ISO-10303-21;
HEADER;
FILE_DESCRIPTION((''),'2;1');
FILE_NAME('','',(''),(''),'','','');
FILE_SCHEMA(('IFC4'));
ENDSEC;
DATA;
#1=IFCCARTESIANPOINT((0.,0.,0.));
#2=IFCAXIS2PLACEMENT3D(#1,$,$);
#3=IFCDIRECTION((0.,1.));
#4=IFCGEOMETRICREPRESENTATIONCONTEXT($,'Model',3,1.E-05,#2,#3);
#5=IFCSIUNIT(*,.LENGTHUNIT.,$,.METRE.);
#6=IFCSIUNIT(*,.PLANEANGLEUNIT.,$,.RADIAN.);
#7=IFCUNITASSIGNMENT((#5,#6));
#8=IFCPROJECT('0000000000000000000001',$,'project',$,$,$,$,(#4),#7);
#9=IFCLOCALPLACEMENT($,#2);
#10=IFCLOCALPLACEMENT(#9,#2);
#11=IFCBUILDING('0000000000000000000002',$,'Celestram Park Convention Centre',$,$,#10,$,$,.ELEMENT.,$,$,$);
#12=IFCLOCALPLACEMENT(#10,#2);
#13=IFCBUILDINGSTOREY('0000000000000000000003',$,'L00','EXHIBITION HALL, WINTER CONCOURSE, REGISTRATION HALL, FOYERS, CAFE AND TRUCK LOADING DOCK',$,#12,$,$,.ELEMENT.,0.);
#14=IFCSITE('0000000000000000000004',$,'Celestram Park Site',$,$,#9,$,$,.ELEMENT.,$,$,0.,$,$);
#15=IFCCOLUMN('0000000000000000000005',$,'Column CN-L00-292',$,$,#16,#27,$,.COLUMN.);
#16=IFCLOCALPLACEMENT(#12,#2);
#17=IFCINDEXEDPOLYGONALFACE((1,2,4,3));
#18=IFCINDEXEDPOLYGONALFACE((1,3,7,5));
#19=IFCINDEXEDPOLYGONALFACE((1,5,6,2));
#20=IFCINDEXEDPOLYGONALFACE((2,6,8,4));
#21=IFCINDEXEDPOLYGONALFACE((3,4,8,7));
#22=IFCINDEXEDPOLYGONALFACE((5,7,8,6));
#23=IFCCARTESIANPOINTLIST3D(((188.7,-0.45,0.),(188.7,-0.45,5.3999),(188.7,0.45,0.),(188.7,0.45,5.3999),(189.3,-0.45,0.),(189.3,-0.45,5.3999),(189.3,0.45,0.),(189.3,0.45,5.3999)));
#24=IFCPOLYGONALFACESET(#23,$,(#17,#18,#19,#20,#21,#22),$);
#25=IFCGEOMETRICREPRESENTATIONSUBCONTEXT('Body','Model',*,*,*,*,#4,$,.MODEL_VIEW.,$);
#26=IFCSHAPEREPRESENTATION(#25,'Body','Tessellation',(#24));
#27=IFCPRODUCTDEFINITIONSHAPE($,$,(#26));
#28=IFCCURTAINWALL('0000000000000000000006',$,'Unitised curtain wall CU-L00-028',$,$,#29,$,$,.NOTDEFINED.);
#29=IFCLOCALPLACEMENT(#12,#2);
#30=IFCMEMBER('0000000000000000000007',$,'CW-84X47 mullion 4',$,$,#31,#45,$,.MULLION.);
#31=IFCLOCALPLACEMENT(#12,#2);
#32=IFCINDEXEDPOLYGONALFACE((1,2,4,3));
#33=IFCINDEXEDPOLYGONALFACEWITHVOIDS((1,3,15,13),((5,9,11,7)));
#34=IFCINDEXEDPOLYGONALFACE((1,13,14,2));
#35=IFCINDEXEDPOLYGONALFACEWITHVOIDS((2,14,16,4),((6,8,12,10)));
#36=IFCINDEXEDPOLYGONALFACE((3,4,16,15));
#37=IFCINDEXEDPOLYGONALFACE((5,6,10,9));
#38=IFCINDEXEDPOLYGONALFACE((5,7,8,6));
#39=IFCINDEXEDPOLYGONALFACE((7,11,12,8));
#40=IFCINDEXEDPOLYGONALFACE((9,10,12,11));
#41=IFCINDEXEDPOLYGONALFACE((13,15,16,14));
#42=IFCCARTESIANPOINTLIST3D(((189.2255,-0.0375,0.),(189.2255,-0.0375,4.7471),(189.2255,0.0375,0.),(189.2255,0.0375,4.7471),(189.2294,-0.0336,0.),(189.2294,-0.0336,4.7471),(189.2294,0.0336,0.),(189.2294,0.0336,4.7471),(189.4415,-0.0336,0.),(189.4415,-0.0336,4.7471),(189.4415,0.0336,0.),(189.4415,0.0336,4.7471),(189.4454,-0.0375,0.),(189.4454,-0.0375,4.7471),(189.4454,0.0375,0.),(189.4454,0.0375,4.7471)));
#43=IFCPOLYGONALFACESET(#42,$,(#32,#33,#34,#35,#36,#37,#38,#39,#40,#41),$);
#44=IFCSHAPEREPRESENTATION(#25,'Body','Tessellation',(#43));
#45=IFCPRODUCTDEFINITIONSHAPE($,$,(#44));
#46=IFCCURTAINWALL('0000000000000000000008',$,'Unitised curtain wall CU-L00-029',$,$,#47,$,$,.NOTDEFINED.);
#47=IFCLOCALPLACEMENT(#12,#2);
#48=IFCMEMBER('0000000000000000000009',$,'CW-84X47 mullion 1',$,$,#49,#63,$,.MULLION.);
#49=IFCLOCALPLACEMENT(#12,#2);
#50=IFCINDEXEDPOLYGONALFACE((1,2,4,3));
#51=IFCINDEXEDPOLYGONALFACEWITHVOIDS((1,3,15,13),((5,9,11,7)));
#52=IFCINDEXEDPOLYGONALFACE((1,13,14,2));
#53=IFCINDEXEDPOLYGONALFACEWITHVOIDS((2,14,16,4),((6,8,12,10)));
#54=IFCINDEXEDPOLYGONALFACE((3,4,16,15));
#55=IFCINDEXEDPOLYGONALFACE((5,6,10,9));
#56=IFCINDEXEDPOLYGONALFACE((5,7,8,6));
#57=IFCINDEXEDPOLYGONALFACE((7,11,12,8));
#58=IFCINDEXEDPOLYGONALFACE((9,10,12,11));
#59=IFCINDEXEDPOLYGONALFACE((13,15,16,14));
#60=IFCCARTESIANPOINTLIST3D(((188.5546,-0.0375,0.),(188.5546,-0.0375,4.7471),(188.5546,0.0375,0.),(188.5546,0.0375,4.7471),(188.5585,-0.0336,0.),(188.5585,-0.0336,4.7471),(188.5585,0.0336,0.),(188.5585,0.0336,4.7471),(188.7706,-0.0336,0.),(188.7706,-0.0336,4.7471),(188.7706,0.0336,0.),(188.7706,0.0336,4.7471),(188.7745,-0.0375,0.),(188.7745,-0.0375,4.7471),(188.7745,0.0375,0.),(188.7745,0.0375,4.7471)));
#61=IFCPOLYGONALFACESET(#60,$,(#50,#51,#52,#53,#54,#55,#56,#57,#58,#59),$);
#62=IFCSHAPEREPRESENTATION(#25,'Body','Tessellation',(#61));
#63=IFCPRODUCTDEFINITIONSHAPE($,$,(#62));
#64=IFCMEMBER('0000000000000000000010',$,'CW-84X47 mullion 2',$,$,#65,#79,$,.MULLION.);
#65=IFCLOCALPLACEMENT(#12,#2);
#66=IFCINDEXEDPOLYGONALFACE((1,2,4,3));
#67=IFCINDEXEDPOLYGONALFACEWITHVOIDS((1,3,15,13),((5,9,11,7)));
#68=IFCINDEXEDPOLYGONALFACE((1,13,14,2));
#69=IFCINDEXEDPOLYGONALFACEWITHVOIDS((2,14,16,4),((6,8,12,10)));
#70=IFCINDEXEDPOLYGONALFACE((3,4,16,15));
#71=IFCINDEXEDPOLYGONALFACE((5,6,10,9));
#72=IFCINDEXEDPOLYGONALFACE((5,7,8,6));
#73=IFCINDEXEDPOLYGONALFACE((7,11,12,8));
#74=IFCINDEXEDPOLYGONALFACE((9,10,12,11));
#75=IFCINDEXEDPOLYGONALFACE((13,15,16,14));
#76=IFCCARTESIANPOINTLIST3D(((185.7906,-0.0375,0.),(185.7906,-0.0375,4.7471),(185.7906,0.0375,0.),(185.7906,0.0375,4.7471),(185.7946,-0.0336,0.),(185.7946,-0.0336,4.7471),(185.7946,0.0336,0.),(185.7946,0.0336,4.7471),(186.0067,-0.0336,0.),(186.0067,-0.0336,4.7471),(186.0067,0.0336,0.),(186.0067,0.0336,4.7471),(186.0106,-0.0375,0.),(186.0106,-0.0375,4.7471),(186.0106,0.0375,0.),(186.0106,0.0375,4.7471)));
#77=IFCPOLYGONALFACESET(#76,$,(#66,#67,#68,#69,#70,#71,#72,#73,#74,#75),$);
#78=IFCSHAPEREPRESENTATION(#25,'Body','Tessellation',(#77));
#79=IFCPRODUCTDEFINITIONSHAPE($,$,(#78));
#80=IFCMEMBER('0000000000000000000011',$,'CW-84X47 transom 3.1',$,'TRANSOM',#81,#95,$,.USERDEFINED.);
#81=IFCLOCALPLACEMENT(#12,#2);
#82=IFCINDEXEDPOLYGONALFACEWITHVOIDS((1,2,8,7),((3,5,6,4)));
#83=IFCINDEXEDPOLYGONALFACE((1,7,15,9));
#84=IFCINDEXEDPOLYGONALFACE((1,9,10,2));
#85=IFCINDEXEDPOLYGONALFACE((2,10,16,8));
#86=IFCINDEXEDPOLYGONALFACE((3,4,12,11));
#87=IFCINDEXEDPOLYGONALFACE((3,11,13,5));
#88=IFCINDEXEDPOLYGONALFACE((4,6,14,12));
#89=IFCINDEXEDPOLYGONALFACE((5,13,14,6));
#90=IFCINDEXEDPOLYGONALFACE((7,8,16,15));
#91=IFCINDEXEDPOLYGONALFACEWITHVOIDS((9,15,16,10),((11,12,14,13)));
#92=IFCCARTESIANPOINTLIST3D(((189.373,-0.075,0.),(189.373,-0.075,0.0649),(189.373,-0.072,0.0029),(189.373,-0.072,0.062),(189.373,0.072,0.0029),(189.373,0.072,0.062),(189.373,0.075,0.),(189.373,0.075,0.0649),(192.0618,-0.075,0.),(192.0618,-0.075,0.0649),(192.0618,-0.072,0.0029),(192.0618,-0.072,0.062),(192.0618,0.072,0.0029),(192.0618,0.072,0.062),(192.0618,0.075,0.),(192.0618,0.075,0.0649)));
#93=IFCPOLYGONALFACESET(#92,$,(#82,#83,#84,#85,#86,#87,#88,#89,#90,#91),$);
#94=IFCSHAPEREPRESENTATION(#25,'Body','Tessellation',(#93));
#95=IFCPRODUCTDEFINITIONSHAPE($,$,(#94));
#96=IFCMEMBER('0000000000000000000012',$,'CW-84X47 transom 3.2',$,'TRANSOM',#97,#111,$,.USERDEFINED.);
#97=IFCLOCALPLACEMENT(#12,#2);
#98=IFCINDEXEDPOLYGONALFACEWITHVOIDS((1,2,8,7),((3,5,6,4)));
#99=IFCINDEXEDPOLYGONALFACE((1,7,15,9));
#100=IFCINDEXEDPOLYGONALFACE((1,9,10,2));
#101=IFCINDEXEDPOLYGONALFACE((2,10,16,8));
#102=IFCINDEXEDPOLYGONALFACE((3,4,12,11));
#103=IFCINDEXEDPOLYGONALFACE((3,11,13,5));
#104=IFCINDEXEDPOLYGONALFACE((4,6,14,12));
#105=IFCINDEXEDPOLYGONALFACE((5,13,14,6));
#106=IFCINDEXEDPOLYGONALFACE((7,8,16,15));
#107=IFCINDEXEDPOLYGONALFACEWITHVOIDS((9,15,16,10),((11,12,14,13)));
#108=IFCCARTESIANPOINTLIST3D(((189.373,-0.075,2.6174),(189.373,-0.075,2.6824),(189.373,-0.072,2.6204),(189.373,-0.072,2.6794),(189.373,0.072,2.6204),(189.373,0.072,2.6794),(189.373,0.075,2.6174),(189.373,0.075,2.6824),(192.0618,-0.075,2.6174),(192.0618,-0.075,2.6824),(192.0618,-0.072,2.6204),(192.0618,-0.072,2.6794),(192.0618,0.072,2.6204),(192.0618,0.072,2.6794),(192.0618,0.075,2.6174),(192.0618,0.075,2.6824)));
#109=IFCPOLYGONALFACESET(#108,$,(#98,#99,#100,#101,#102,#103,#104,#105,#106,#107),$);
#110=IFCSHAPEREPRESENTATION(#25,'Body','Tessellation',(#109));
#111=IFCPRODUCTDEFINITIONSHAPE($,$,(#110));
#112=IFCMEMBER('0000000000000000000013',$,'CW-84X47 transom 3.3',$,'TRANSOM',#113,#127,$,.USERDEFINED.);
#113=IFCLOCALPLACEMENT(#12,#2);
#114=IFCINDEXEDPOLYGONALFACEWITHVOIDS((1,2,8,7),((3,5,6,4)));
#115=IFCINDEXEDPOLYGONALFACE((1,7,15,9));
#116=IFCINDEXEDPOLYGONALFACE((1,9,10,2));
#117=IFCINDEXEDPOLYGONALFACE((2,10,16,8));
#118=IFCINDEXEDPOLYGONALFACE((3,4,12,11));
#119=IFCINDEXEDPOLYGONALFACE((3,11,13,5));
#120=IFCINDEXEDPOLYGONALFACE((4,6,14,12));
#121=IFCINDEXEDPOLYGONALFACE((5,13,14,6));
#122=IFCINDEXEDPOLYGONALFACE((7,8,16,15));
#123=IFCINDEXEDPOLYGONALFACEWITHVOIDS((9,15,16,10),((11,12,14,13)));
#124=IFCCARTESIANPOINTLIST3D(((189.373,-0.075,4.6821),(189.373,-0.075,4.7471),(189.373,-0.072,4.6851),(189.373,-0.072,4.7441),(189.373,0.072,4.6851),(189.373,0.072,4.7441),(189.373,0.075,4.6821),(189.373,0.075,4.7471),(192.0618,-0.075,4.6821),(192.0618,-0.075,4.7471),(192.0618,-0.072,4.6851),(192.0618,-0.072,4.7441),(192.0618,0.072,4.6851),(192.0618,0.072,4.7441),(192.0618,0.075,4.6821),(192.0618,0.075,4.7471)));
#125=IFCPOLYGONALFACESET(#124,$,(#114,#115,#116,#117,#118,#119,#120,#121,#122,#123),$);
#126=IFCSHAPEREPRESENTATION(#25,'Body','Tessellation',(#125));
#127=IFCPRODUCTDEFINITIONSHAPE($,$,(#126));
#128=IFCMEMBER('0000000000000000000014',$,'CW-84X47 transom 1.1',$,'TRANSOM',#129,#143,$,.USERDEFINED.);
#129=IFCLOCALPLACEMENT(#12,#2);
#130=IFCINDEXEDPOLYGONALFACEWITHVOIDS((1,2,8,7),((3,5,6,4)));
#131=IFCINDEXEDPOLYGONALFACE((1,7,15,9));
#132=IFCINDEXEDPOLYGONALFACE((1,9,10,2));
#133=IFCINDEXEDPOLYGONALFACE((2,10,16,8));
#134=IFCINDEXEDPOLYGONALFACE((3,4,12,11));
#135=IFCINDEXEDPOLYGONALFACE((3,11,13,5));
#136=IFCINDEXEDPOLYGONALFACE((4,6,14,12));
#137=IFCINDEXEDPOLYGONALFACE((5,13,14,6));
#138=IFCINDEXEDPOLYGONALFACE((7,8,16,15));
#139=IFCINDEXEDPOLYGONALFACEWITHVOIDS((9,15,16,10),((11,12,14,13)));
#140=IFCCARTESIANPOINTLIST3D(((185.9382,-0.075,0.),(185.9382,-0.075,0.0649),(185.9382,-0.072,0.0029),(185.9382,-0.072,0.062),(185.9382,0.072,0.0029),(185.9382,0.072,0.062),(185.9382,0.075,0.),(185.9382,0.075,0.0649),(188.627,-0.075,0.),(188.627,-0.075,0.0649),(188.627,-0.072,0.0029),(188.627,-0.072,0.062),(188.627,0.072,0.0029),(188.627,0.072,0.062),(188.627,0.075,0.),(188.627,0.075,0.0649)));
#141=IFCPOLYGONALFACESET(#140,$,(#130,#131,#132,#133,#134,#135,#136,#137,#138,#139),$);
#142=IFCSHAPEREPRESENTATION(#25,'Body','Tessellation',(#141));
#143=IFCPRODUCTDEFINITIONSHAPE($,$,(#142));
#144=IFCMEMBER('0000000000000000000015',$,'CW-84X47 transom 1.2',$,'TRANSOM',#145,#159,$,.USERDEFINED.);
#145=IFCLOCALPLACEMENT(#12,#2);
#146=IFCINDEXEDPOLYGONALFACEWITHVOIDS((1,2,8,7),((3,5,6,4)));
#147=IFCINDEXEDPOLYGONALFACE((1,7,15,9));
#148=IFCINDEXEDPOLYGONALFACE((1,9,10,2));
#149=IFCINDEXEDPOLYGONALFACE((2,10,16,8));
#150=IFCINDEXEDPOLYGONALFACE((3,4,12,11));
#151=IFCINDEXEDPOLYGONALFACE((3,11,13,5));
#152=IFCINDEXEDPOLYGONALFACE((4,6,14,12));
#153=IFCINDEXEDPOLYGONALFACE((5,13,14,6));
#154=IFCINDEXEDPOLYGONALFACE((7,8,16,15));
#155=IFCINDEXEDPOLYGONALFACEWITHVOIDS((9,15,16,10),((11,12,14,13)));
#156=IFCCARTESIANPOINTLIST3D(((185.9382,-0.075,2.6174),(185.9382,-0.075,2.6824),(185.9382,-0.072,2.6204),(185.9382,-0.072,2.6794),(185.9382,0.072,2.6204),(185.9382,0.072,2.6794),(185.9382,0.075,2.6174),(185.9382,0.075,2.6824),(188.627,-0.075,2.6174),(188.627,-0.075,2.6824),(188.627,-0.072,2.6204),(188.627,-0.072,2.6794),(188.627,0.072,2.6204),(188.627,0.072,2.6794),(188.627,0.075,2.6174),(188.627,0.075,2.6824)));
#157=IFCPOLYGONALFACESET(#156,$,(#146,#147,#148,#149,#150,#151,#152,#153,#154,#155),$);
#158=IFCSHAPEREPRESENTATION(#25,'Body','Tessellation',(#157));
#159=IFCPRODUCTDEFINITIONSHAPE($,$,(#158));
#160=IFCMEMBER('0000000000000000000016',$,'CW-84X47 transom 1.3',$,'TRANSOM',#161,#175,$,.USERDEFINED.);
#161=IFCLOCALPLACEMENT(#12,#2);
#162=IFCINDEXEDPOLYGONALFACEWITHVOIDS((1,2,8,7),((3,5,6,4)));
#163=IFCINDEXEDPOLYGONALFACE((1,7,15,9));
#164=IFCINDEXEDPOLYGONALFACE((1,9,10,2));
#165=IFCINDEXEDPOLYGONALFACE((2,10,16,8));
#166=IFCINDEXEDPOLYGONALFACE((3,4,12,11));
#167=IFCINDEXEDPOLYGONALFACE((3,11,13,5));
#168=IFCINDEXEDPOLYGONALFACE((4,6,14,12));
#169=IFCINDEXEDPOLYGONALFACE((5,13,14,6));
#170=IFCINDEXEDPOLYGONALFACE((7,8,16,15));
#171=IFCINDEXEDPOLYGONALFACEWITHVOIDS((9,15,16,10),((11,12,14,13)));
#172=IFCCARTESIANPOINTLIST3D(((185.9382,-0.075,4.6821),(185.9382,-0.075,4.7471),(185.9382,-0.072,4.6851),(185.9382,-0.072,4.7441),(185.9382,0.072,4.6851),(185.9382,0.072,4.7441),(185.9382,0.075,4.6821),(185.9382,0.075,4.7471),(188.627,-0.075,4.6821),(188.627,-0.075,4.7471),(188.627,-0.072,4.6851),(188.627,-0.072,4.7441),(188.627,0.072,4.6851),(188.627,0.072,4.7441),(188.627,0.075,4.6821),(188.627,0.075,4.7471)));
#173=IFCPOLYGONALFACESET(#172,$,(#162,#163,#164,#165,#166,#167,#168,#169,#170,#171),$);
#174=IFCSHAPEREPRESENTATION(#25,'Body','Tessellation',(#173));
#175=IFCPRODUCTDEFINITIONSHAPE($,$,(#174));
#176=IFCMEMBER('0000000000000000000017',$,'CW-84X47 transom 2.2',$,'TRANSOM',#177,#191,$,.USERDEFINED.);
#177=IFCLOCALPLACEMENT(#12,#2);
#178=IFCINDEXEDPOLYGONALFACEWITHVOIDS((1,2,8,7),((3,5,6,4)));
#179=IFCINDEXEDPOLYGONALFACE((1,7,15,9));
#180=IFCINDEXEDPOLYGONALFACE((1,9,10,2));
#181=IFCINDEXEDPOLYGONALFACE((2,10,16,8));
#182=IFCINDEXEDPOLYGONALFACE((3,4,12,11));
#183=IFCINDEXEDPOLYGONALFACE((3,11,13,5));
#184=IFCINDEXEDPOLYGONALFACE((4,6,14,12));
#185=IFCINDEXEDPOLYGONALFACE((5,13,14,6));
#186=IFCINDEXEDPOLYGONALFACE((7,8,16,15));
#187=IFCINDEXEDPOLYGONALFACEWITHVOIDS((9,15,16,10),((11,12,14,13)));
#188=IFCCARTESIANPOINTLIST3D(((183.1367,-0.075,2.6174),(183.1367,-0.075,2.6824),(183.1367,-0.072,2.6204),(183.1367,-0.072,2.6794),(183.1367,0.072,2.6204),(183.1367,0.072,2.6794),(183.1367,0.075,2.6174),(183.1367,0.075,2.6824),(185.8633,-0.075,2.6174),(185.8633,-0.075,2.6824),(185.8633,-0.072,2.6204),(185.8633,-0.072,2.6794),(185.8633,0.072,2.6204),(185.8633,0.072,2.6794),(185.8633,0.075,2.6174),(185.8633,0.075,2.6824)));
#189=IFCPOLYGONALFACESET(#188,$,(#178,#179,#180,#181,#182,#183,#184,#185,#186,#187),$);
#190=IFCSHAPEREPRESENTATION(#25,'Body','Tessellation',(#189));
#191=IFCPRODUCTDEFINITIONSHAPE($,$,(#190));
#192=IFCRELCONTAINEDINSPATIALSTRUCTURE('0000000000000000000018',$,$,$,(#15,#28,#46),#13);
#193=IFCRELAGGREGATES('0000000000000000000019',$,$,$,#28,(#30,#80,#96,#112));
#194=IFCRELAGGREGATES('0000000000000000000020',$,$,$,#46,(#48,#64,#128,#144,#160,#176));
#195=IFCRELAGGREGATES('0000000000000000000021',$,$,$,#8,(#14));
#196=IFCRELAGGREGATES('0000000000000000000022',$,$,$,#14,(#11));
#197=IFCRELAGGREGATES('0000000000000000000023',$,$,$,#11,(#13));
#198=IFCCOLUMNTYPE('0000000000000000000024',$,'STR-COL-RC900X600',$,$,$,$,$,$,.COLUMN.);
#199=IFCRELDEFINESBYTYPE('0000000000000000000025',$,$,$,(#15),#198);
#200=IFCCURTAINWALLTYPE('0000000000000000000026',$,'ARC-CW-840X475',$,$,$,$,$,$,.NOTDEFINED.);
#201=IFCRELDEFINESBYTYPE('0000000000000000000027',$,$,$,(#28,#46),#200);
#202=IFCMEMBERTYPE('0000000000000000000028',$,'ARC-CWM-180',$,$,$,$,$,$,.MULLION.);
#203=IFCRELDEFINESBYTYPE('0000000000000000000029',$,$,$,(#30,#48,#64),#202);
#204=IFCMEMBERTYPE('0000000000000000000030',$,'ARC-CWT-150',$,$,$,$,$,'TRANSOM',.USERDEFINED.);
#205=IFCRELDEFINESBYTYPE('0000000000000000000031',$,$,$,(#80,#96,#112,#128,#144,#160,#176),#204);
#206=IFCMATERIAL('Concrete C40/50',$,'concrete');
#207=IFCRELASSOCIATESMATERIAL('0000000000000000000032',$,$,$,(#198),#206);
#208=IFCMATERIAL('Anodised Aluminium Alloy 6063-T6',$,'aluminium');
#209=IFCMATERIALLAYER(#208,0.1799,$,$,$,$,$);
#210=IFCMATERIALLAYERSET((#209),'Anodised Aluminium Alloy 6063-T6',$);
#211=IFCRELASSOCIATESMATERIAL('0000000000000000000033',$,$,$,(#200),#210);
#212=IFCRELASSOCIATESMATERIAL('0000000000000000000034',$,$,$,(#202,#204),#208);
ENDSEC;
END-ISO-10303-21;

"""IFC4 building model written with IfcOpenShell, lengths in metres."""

from ifc_helpers import new_model, si_unit, direction, frame, origin, origin_2d, place, context, subcontext, project, spatial, rectangle, hollow_rectangle, extrude, material, layer, layer_set, material_profile, profile_set, type_object, element, aggregate, save


model = new_model("IFC4")

# Units and contexts
model_context = context("Model", 3, precision=1e-05, world=origin(), true_north=direction((0.0, 1.0)))
body_context = subcontext(model_context, "Body", "Model", "MODEL_VIEW")
ifc_project = project(units=[si_unit("LENGTHUNIT", "METRE"), si_unit("PLANEANGLEUNIT", "RADIAN")], contexts=[model_context])

# Site, building, storey
site_placement = place(None, origin())
site = spatial("IfcSite", under=ifc_project, at=site_placement, Name="Celestram Park Site", CompositionType="ELEMENT", RefElevation=0.0)
building_placement = place(site_placement, origin())
building = spatial("IfcBuilding", under=site, at=building_placement, Name="Celestram Park Convention Centre", CompositionType="ELEMENT")
storey_placement = place(building_placement, origin())
storey = spatial("IfcBuildingStorey", under=building, at=storey_placement, Name="L00", Description="EXHIBITION HALL, WINTER CONCOURSE, REGISTRATION HALL, FOYERS, CAFE AND TRUCK LOADING DOCK", CompositionType="ELEMENT", Elevation=0.0)

# Column
ifc_material_1 = material(Name="Concrete C40/50", Category="concrete")
ifc_material_profile_1 = material_profile(ifc_material_1, rectangle(XDim=0.6001, YDim=0.8999, at=origin_2d()), Name="RC900X600")
ifc_profile_set_1 = profile_set([ifc_material_profile_1], Name="Concrete C40/50")
column_type = type_object("IfcColumnType", Name="STR-COL-RC900X600", PredefinedType="COLUMN", material=ifc_profile_set_1)
column_placement = place(storey_placement, frame((189.0, 0.0, 0.0), z_axis=(0.0, 0.0, 1.0), x_axis=(1.0, 0.0, 0.0)))
element("IfcColumn", 1, at=column_placement, inside=storey, type_object=column_type, Name="Column CN-L00-292", PredefinedType="COLUMN", context=body_context, shape_type="SweptSolid", body=[
    extrude(rectangle(XDim=0.6001, YDim=0.8999, at=origin_2d()), origin(), (0.0, 0.0, 1.0), 5.3999),
])

# Curtain wall, member
ifc_material_2 = material(Name="Anodised Aluminium Alloy 6063-T6", Category="aluminium")
ifc_layer_1 = layer(ifc_material_2, 0.1799)
ifc_layer_set_1 = layer_set([ifc_layer_1], Name="Anodised Aluminium Alloy 6063-T6")
curtain_wall_type = type_object("IfcCurtainWallType", Name="ARC-CW-840X475", PredefinedType="NOTDEFINED", material=ifc_layer_set_1)
curtain_wall_1_placement = place(storey_placement, origin())
curtain_wall_1 = element("IfcCurtainWall", 2, at=curtain_wall_1_placement, inside=storey, type_object=curtain_wall_type, Name="Unitised curtain wall CU-L00-028", PredefinedType="NOTDEFINED")
ifc_material_profile_2 = material_profile(ifc_material_2, hollow_rectangle(XDim=0.075, YDim=0.22, WallThickness=0.0039, at=origin_2d()), Name="ALU75X220X4")
ifc_profile_set_2 = profile_set([ifc_material_profile_2], Name="Anodised Aluminium Alloy 6063-T6")
member_type_1 = type_object("IfcMemberType", Name="ARC-CWM-180", PredefinedType="MULLION", material=ifc_profile_set_2)
member_1_placement = place(storey_placement, frame((189.3354, 0.0, 0.0), z_axis=(0.0, 0.0, 1.0), x_axis=(0.0, -1.0, 0.0)))
member_1 = element("IfcMember", 3, at=member_1_placement, type_object=member_type_1, Name="CW-84X47 mullion 4", PredefinedType="MULLION", context=body_context, shape_type="SweptSolid", body=[
    extrude(hollow_rectangle(XDim=0.075, YDim=0.22, WallThickness=0.0039, at=origin_2d()), origin(), (0.0, 0.0, 1.0), 4.7471),
])

# Curtain wall, members
curtain_wall_2_placement = place(storey_placement, origin())
curtain_wall_2 = element("IfcCurtainWall", 4, at=curtain_wall_2_placement, inside=storey, type_object=curtain_wall_type, Name="Unitised curtain wall CU-L00-029", PredefinedType="NOTDEFINED")
member_2_placement = place(storey_placement, frame((188.6646, 0.0, 0.0), z_axis=(0.0, 0.0, 1.0), x_axis=(0.0, -1.0, 0.0)))
member_2 = element("IfcMember", 5, at=member_2_placement, type_object=member_type_1, Name="CW-84X47 mullion 1", PredefinedType="MULLION", context=body_context, shape_type="SweptSolid", body=[
    extrude(hollow_rectangle(XDim=0.075, YDim=0.22, WallThickness=0.0039, at=origin_2d()), origin(), (0.0, 0.0, 1.0), 4.7471),
])
member_3_placement = place(storey_placement, frame((185.9006, 0.0, 0.0), z_axis=(0.0, 0.0, 1.0), x_axis=(0.0, -1.0, 0.0)))
member_3 = element("IfcMember", 6, at=member_3_placement, type_object=member_type_1, Name="CW-84X47 mullion 2", PredefinedType="MULLION", context=body_context, shape_type="SweptSolid", body=[
    extrude(hollow_rectangle(XDim=0.075, YDim=0.22, WallThickness=0.0039, at=origin_2d()), origin(), (0.0, 0.0, 1.0), 4.7471),
])

# Members
ifc_material_profile_3 = material_profile(ifc_material_2, hollow_rectangle(XDim=0.1499, YDim=0.0649, WallThickness=0.0029, at=origin_2d()), Name="ALU150X65X3")
ifc_profile_set_3 = profile_set([ifc_material_profile_3], Name="Anodised Aluminium Alloy 6063-T6")
member_type_2 = type_object("IfcMemberType", Name="ARC-CWT-150", ElementType="TRANSOM", PredefinedType="USERDEFINED", material=ifc_profile_set_3)
member_4_placement = place(storey_placement, frame((192.0618, 0.0, 0.0325), z_axis=(-1.0, 0.0, 0.0), x_axis=(0.0, -1.0, 0.0)))
member_4 = element("IfcMember", 7, at=member_4_placement, type_object=member_type_2, Name="CW-84X47 transom 3.1", ObjectType="TRANSOM", PredefinedType="USERDEFINED", context=body_context, shape_type="SweptSolid", body=[
    extrude(hollow_rectangle(XDim=0.1499, YDim=0.0649, WallThickness=0.0029, at=origin_2d()), origin(), (0.0, 0.0, 1.0), 2.6887),
])
member_5_placement = place(storey_placement, frame((192.0618, 0.0, 2.6499), z_axis=(-1.0, 0.0, 0.0), x_axis=(0.0, -1.0, 0.0)))
member_5 = element("IfcMember", 8, at=member_5_placement, type_object=member_type_2, Name="CW-84X47 transom 3.2", ObjectType="TRANSOM", PredefinedType="USERDEFINED", context=body_context, shape_type="SweptSolid", body=[
    extrude(hollow_rectangle(XDim=0.1499, YDim=0.0649, WallThickness=0.0029, at=origin_2d()), origin(), (0.0, 0.0, 1.0), 2.6887),
])
member_6_placement = place(storey_placement, frame((192.0618, 0.0, 4.7146), z_axis=(-1.0, 0.0, 0.0), x_axis=(0.0, -1.0, 0.0)))
member_6 = element("IfcMember", 9, at=member_6_placement, type_object=member_type_2, Name="CW-84X47 transom 3.3", ObjectType="TRANSOM", PredefinedType="USERDEFINED", context=body_context, shape_type="SweptSolid", body=[
    extrude(hollow_rectangle(XDim=0.1499, YDim=0.0649, WallThickness=0.0029, at=origin_2d()), origin(), (0.0, 0.0, 1.0), 2.6887),
])
member_7_placement = place(storey_placement, frame((188.627, 0.0, 0.0325), z_axis=(-1.0, 0.0, 0.0), x_axis=(0.0, -1.0, 0.0)))
member_7 = element("IfcMember", 10, at=member_7_placement, type_object=member_type_2, Name="CW-84X47 transom 1.1", ObjectType="TRANSOM", PredefinedType="USERDEFINED", context=body_context, shape_type="SweptSolid", body=[
    extrude(hollow_rectangle(XDim=0.1499, YDim=0.0649, WallThickness=0.0029, at=origin_2d()), origin(), (0.0, 0.0, 1.0), 2.6887),
])
member_8_placement = place(storey_placement, frame((188.627, 0.0, 2.6499), z_axis=(-1.0, 0.0, 0.0), x_axis=(0.0, -1.0, 0.0)))
member_8 = element("IfcMember", 11, at=member_8_placement, type_object=member_type_2, Name="CW-84X47 transom 1.2", ObjectType="TRANSOM", PredefinedType="USERDEFINED", context=body_context, shape_type="SweptSolid", body=[
    extrude(hollow_rectangle(XDim=0.1499, YDim=0.0649, WallThickness=0.0029, at=origin_2d()), origin(), (0.0, 0.0, 1.0), 2.6887),
])
member_9_placement = place(storey_placement, frame((188.627, 0.0, 4.7146), z_axis=(-1.0, 0.0, 0.0), x_axis=(0.0, -1.0, 0.0)))
member_9 = element("IfcMember", 12, at=member_9_placement, type_object=member_type_2, Name="CW-84X47 transom 1.3", ObjectType="TRANSOM", PredefinedType="USERDEFINED", context=body_context, shape_type="SweptSolid", body=[
    extrude(hollow_rectangle(XDim=0.1499, YDim=0.0649, WallThickness=0.0029, at=origin_2d()), origin(), (0.0, 0.0, 1.0), 2.6887),
])
member_10_placement = place(storey_placement, frame((185.8633, 0.0, 2.6499), z_axis=(-1.0, 0.0, 0.0), x_axis=(0.0, -1.0, 0.0)))
member_10 = element("IfcMember", 13, at=member_10_placement, type_object=member_type_2, Name="CW-84X47 transom 2.2", ObjectType="TRANSOM", PredefinedType="USERDEFINED", context=body_context, shape_type="SweptSolid", body=[
    extrude(hollow_rectangle(XDim=0.1499, YDim=0.0649, WallThickness=0.0029, at=origin_2d()), origin(), (0.0, 0.0, 1.0), 2.7266),
])

aggregate(curtain_wall_1, [member_1, member_4, member_5, member_6])
aggregate(curtain_wall_2, [member_2, member_3, member_7, member_8, member_9, member_10])

save(model, "model.ifc")
